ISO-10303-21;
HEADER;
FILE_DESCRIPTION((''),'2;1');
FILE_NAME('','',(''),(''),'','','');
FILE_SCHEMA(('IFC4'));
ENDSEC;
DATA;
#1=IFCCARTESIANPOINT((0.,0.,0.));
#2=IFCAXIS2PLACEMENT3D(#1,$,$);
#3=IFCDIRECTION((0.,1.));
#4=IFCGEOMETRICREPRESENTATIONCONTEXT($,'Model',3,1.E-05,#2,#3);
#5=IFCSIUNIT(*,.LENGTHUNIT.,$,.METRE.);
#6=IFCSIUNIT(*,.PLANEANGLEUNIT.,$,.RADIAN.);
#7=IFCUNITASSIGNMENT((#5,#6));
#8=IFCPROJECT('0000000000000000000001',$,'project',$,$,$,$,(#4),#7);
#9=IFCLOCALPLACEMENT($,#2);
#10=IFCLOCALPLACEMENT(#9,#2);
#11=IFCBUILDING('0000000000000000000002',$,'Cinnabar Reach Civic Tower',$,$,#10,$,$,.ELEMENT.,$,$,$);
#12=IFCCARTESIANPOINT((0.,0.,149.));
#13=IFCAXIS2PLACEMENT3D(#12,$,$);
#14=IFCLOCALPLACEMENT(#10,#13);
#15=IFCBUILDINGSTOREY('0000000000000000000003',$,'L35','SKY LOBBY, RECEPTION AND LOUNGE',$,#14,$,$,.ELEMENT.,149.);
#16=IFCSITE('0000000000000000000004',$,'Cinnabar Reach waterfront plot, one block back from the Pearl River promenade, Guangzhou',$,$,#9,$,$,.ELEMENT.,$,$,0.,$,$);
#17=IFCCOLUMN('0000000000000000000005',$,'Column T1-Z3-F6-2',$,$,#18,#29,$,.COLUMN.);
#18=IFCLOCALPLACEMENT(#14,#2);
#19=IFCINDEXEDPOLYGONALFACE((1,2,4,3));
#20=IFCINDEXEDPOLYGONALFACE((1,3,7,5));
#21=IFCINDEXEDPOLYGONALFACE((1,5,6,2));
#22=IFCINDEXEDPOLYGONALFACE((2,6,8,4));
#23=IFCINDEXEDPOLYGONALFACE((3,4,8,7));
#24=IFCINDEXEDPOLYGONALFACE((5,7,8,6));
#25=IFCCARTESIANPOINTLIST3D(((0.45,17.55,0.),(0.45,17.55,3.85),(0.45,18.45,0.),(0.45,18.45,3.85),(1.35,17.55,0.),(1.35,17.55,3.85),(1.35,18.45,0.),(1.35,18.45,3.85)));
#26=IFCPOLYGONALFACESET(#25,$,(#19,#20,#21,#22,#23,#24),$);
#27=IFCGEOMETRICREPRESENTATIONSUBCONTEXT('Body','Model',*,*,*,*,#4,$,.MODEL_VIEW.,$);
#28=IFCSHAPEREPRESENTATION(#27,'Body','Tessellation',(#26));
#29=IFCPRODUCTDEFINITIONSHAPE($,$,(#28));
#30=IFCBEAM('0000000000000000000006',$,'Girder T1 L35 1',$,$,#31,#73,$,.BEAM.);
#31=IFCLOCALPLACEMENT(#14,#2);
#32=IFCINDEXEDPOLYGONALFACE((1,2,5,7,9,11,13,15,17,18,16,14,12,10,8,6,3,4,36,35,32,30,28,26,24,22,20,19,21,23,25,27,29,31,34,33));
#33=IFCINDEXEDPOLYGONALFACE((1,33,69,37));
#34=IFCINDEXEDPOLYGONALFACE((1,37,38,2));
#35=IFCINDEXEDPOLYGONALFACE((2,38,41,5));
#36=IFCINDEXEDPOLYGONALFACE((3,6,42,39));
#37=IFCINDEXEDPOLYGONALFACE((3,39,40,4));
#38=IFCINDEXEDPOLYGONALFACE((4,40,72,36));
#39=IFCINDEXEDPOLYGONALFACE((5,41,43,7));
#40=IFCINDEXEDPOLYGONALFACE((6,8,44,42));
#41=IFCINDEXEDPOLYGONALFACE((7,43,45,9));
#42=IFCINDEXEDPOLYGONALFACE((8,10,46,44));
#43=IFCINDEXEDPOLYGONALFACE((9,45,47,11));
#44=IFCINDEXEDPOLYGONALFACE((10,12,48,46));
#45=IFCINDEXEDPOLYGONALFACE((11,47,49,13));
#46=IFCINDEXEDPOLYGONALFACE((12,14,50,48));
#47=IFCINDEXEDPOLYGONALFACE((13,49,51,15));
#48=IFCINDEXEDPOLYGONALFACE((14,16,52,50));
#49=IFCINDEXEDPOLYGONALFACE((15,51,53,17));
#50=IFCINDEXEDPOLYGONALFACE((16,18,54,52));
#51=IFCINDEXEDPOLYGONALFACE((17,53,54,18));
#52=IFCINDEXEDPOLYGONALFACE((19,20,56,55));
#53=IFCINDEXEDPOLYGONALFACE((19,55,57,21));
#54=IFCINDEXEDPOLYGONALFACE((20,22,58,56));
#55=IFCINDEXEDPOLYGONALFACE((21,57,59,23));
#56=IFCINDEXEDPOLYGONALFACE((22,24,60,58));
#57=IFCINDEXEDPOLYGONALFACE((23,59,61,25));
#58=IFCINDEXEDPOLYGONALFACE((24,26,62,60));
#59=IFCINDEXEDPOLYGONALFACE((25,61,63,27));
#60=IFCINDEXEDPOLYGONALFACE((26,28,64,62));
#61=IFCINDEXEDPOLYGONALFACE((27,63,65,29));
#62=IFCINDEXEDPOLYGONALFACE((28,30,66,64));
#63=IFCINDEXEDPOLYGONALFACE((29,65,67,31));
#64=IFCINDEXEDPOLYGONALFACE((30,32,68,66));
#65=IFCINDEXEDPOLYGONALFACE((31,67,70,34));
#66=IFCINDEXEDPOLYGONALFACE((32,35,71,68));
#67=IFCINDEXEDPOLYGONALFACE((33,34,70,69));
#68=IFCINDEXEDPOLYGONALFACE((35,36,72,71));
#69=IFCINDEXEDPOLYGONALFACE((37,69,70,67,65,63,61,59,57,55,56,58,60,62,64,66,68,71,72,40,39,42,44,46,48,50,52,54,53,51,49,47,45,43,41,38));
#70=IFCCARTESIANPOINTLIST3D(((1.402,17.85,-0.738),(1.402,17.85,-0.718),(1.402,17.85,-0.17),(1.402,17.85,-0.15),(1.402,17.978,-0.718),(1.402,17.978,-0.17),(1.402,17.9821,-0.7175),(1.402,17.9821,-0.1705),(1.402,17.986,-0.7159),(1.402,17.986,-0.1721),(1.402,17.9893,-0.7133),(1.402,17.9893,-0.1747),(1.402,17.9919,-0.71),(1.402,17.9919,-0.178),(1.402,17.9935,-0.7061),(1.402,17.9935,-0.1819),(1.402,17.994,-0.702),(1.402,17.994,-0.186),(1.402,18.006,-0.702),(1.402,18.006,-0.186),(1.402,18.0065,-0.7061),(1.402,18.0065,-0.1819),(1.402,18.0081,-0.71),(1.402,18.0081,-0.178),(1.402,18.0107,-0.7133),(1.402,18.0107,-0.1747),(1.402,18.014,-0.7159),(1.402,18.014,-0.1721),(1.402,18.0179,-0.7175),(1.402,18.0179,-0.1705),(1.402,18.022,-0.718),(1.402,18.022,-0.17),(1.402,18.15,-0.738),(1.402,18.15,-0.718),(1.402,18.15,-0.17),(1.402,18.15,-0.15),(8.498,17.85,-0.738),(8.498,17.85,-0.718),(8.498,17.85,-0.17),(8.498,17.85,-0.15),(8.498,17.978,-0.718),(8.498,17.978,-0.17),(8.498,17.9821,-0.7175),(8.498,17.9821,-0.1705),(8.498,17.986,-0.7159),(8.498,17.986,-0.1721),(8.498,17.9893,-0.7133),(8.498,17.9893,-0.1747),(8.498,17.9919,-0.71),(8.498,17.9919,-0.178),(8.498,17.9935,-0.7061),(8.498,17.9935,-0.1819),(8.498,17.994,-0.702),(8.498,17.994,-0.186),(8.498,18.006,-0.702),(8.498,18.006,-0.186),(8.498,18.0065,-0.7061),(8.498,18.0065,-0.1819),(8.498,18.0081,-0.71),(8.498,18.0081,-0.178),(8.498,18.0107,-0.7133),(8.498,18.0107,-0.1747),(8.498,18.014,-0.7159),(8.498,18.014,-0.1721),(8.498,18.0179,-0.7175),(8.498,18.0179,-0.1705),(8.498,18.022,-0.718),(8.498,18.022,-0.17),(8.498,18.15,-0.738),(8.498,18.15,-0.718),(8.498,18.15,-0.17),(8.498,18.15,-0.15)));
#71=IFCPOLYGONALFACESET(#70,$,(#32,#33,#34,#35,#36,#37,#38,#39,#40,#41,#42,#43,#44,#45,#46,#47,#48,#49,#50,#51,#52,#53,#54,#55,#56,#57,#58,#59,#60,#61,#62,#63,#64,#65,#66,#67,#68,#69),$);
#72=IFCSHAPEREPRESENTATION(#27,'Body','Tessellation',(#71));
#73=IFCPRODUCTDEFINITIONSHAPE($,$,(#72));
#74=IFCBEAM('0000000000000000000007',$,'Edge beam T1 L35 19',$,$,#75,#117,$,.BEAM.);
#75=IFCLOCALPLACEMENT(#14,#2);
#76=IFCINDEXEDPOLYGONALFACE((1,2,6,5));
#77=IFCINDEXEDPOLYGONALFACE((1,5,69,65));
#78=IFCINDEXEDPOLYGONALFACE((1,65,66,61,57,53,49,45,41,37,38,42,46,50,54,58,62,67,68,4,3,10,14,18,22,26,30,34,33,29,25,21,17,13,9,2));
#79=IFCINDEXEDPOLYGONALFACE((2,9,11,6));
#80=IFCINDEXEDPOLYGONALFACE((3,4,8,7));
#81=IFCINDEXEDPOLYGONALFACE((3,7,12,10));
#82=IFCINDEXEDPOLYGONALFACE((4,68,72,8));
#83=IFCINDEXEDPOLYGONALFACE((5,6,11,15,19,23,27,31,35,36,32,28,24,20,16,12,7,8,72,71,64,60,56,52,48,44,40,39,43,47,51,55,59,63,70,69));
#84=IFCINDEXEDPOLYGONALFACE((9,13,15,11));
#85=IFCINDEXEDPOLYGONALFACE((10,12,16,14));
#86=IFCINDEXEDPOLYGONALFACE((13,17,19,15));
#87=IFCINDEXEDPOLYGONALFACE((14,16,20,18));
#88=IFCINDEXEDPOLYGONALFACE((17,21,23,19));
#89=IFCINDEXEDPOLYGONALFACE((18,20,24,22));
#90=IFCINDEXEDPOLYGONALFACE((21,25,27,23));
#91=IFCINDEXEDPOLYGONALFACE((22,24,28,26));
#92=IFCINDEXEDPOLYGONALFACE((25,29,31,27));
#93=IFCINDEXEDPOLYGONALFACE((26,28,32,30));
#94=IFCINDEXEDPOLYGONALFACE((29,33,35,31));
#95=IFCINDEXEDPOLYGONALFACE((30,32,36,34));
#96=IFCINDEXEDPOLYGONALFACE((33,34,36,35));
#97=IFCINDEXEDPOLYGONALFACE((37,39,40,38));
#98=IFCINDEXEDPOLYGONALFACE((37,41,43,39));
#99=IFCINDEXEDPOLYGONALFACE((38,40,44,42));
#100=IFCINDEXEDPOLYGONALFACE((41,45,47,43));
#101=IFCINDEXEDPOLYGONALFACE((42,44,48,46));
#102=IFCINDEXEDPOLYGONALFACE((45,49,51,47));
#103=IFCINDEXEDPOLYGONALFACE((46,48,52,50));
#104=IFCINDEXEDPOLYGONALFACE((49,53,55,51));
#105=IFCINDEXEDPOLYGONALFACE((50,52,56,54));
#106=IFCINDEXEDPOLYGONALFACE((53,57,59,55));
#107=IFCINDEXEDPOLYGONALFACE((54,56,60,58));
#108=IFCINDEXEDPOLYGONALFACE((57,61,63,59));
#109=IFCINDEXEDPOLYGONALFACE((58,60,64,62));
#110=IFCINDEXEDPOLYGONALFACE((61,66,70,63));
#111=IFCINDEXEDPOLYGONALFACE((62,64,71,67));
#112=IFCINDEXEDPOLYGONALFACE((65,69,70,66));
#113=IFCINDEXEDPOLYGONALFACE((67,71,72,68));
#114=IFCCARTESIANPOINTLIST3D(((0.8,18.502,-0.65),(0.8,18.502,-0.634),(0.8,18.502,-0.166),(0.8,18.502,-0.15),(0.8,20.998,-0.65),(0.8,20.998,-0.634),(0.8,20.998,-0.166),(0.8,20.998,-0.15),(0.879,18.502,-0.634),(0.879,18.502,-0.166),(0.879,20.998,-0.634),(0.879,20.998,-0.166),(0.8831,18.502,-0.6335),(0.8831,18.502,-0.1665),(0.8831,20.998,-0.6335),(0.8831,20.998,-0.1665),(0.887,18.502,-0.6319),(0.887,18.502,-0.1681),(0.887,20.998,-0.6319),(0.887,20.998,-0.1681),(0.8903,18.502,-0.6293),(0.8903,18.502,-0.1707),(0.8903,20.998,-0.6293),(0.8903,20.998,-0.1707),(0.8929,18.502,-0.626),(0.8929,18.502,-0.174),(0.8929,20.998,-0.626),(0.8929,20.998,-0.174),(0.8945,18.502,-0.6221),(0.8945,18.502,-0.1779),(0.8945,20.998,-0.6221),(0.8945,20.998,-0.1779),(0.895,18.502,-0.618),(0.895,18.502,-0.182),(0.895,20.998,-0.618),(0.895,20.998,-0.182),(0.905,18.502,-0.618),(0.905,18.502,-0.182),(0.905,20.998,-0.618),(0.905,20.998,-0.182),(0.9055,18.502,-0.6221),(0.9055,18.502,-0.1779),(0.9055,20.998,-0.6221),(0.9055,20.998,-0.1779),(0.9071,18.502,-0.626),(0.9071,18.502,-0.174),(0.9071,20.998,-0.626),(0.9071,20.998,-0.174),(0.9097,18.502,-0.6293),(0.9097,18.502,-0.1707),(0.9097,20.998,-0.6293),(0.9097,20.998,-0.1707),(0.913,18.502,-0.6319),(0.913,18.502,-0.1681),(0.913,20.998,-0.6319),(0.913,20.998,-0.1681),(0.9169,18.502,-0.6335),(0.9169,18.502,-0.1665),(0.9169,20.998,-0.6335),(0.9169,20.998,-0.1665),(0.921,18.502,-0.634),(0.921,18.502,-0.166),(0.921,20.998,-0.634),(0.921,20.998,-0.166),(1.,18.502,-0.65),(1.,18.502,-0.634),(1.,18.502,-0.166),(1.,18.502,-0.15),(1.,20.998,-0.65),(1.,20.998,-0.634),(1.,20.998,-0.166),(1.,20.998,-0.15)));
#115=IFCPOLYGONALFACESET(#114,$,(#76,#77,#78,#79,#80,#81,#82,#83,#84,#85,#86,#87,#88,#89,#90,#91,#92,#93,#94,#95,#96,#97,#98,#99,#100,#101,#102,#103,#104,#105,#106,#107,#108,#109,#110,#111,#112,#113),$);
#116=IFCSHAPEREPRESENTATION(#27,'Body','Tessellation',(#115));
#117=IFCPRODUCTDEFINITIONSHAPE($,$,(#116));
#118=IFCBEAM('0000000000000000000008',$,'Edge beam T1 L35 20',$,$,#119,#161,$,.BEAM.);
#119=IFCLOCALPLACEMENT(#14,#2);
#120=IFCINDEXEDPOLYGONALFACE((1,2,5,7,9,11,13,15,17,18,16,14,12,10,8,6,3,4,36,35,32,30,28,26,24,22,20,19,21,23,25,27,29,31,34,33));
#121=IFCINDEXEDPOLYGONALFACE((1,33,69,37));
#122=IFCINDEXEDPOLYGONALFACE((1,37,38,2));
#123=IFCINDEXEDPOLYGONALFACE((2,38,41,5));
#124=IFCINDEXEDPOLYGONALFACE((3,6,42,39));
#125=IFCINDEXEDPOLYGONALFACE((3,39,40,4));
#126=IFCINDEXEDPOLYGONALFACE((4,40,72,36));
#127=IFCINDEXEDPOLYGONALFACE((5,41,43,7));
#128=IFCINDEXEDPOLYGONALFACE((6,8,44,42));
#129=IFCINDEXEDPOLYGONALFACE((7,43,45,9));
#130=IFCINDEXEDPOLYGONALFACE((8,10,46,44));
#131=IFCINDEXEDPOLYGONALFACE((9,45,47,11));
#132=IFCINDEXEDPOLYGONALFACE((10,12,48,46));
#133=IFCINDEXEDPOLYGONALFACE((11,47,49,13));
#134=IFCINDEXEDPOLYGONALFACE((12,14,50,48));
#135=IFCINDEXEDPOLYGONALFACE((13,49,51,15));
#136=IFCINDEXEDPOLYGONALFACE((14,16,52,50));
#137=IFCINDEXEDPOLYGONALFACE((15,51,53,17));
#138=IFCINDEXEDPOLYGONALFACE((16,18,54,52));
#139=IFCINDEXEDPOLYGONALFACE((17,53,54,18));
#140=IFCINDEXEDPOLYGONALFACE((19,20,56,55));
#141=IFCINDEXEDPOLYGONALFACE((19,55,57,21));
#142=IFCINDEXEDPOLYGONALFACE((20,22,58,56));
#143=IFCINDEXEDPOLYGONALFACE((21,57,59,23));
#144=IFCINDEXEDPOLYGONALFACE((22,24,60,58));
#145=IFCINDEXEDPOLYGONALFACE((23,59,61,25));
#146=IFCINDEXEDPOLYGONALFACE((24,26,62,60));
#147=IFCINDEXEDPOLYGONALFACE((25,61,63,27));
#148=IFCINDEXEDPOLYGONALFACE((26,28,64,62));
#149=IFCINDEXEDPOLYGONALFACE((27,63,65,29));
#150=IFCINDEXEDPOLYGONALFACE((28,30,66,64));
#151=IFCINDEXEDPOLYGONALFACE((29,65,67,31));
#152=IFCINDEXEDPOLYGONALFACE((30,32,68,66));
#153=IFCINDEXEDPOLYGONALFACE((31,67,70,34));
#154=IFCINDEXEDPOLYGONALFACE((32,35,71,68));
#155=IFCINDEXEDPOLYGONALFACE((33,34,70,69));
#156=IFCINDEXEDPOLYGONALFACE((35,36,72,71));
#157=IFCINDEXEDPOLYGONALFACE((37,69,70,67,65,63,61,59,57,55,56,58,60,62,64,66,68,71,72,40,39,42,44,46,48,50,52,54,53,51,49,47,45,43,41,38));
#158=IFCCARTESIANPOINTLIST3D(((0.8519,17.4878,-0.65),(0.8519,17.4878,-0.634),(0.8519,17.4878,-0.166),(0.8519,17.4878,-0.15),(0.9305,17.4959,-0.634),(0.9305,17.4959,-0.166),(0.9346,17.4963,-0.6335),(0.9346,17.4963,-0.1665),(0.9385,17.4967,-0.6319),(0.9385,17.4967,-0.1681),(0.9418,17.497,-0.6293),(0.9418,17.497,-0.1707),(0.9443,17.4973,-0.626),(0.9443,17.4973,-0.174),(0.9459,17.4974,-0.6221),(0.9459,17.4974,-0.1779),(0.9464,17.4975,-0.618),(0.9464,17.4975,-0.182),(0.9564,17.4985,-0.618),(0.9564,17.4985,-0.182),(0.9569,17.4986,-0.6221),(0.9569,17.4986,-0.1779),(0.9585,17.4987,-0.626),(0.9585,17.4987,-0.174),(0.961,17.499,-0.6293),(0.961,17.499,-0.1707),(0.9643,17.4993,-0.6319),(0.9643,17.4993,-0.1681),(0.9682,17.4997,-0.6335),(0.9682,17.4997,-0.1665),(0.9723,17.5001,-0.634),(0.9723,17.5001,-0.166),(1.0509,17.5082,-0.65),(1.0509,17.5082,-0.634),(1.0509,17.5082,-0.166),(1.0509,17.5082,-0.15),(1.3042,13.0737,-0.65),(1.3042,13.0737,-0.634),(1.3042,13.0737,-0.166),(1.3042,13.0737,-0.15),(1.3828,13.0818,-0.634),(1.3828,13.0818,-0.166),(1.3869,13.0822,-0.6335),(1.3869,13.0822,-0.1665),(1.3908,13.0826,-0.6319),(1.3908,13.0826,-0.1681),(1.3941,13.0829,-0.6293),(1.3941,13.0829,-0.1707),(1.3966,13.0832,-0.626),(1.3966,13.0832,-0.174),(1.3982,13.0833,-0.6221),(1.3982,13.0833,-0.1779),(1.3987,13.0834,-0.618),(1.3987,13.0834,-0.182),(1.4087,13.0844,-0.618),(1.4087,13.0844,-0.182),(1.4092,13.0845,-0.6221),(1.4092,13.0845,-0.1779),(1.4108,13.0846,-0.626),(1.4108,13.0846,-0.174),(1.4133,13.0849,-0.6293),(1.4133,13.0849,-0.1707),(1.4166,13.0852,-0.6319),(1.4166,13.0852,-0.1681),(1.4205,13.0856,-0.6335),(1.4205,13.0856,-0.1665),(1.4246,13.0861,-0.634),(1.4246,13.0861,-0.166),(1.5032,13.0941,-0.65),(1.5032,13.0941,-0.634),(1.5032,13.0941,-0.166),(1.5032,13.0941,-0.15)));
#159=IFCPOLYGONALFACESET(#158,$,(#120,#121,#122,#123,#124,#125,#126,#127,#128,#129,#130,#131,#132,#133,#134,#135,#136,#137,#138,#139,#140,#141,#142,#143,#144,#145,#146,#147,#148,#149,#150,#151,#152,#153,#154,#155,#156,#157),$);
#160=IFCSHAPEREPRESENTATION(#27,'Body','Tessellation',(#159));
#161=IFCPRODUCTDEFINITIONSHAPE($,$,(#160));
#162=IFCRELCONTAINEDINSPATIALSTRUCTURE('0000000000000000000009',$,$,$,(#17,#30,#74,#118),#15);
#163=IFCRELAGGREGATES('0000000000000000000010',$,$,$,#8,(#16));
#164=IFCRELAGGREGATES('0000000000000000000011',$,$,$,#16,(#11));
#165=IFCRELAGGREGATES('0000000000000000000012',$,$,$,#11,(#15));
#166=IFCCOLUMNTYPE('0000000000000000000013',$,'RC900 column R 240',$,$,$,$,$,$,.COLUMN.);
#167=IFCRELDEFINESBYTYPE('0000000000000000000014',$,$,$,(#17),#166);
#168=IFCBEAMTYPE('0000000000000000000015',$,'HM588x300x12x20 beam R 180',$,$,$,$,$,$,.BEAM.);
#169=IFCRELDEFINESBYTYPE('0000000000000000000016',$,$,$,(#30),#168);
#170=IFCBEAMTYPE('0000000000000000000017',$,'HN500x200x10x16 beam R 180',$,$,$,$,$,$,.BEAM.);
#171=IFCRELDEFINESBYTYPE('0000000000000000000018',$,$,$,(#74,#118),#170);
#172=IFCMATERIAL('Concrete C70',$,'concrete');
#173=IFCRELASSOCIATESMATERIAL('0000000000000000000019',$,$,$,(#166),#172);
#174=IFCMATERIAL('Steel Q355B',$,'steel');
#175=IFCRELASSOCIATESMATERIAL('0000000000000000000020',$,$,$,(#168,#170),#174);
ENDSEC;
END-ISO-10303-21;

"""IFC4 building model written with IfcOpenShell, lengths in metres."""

from ifc_helpers import new_model, si_unit, direction, frame, origin, origin_2d, place, context, subcontext, project, spatial, rectangle, i_section, extrude, material, material_profile, profile_set, type_object, element, save


model = new_model("IFC4")

# Units and contexts
model_context = context("Model", 3, precision=1e-05, world=origin(), true_north=direction((0.0, 1.0)))
body_context = subcontext(model_context, "Body", "Model", "MODEL_VIEW")
ifc_project = project(units=[si_unit("LENGTHUNIT", "METRE"), si_unit("PLANEANGLEUNIT", "RADIAN")], contexts=[model_context])

# Site, building, storey
site_placement = place(None, origin())
site = spatial("IfcSite", under=ifc_project, at=site_placement, Name="Cinnabar Reach waterfront plot, one block back from the Pearl River promenade, Guangzhou", CompositionType="ELEMENT", RefElevation=0.0)
building_placement = place(site_placement, origin())
building = spatial("IfcBuilding", under=site, at=building_placement, Name="Cinnabar Reach Civic Tower", CompositionType="ELEMENT")
storey_placement = place(building_placement, frame((0.0, 0.0, 149.0)))
storey = spatial("IfcBuildingStorey", under=building, at=storey_placement, Name="L35", Description="SKY LOBBY, RECEPTION AND LOUNGE", CompositionType="ELEMENT", Elevation=149.0)

# Column
ifc_material_1 = material(Name="Concrete C70", Category="concrete")
ifc_material_profile_1 = material_profile(ifc_material_1, rectangle(XDim=0.9, YDim=0.9, at=origin_2d()), Name="RC900")
ifc_profile_set_1 = profile_set([ifc_material_profile_1], Name="Concrete C70")
column_type = type_object("IfcColumnType", Name="RC900 column R 240", PredefinedType="COLUMN", material=ifc_profile_set_1)
column_placement = place(storey_placement, frame((0.9, 18.0, 0.0), z_axis=(0.0, 0.0, 1.0), x_axis=(1.0, 0.0, 0.0)))
element("IfcColumn", 1, at=column_placement, inside=storey, type_object=column_type, Name="Column T1-Z3-F6-2", PredefinedType="COLUMN", context=body_context, shape_type="SweptSolid", body=[
    extrude(rectangle(XDim=0.9, YDim=0.9, at=origin_2d()), origin(), (0.0, 0.0, 1.0), 3.85),
])

# Beams
ifc_material_2 = material(Name="Steel Q355B", Category="steel")
ifc_material_profile_2 = material_profile(ifc_material_2, i_section(OverallWidth=0.3, OverallDepth=0.588, WebThickness=0.012, FlangeThickness=0.02, FilletRadius=0.016, at=origin_2d()), Name="HM588x300x12x20")
ifc_profile_set_2 = profile_set([ifc_material_profile_2], Name="Steel Q355B")
beam_type_1 = type_object("IfcBeamType", Name="HM588x300x12x20 beam R 180", PredefinedType="BEAM", material=ifc_profile_set_2)
beam_1_placement = place(storey_placement, frame((1.402, 18.0, -0.444), z_axis=(1.0, 0.0, 0.0), x_axis=(0.0, 1.0, 0.0)))
element("IfcBeam", 2, at=beam_1_placement, inside=storey, type_object=beam_type_1, Name="Girder T1 L35 1", PredefinedType="BEAM", context=body_context, shape_type="SweptSolid", body=[
    extrude(i_section(OverallWidth=0.3, OverallDepth=0.588, WebThickness=0.012, FlangeThickness=0.02, FilletRadius=0.016, at=origin_2d()), origin(), (0.0, 0.0, 1.0), 7.096),
])
ifc_material_profile_3 = material_profile(ifc_material_2, i_section(OverallWidth=0.2, OverallDepth=0.5, WebThickness=0.01, FlangeThickness=0.016, FilletRadius=0.016, at=origin_2d()), Name="HN500x200x10x16")
ifc_profile_set_3 = profile_set([ifc_material_profile_3], Name="Steel Q355B")
beam_type_2 = type_object("IfcBeamType", Name="HN500x200x10x16 beam R 180", PredefinedType="BEAM", material=ifc_profile_set_3)
beam_2_placement = place(storey_placement, frame((0.9, 20.998, -0.4), z_axis=(0.0, -1.0, 0.0), x_axis=(1.0, 0.0, 0.0)))
element("IfcBeam", 3, at=beam_2_placement, inside=storey, type_object=beam_type_2, Name="Edge beam T1 L35 19", PredefinedType="BEAM", context=body_context, shape_type="SweptSolid", body=[
    extrude(i_section(OverallWidth=0.2, OverallDepth=0.5, WebThickness=0.01, FlangeThickness=0.016, FilletRadius=0.016, at=origin_2d()), origin(), (0.0, 0.0, 1.0), 2.496),
])
beam_3_placement = place(storey_placement, frame((0.9514, 17.498, -0.4), z_axis=(0.101933, -0.994791, 0.0), x_axis=(0.994791, 0.101933, 0.0)))
element("IfcBeam", 4, at=beam_3_placement, inside=storey, type_object=beam_type_2, Name="Edge beam T1 L35 20", PredefinedType="BEAM", context=body_context, shape_type="SweptSolid", body=[
    extrude(i_section(OverallWidth=0.2, OverallDepth=0.5, WebThickness=0.01, FlangeThickness=0.016, FilletRadius=0.016, at=origin_2d()), origin(), (0.0, 0.0, 1.0), 4.4372),
])

save(model, "model.ifc")
